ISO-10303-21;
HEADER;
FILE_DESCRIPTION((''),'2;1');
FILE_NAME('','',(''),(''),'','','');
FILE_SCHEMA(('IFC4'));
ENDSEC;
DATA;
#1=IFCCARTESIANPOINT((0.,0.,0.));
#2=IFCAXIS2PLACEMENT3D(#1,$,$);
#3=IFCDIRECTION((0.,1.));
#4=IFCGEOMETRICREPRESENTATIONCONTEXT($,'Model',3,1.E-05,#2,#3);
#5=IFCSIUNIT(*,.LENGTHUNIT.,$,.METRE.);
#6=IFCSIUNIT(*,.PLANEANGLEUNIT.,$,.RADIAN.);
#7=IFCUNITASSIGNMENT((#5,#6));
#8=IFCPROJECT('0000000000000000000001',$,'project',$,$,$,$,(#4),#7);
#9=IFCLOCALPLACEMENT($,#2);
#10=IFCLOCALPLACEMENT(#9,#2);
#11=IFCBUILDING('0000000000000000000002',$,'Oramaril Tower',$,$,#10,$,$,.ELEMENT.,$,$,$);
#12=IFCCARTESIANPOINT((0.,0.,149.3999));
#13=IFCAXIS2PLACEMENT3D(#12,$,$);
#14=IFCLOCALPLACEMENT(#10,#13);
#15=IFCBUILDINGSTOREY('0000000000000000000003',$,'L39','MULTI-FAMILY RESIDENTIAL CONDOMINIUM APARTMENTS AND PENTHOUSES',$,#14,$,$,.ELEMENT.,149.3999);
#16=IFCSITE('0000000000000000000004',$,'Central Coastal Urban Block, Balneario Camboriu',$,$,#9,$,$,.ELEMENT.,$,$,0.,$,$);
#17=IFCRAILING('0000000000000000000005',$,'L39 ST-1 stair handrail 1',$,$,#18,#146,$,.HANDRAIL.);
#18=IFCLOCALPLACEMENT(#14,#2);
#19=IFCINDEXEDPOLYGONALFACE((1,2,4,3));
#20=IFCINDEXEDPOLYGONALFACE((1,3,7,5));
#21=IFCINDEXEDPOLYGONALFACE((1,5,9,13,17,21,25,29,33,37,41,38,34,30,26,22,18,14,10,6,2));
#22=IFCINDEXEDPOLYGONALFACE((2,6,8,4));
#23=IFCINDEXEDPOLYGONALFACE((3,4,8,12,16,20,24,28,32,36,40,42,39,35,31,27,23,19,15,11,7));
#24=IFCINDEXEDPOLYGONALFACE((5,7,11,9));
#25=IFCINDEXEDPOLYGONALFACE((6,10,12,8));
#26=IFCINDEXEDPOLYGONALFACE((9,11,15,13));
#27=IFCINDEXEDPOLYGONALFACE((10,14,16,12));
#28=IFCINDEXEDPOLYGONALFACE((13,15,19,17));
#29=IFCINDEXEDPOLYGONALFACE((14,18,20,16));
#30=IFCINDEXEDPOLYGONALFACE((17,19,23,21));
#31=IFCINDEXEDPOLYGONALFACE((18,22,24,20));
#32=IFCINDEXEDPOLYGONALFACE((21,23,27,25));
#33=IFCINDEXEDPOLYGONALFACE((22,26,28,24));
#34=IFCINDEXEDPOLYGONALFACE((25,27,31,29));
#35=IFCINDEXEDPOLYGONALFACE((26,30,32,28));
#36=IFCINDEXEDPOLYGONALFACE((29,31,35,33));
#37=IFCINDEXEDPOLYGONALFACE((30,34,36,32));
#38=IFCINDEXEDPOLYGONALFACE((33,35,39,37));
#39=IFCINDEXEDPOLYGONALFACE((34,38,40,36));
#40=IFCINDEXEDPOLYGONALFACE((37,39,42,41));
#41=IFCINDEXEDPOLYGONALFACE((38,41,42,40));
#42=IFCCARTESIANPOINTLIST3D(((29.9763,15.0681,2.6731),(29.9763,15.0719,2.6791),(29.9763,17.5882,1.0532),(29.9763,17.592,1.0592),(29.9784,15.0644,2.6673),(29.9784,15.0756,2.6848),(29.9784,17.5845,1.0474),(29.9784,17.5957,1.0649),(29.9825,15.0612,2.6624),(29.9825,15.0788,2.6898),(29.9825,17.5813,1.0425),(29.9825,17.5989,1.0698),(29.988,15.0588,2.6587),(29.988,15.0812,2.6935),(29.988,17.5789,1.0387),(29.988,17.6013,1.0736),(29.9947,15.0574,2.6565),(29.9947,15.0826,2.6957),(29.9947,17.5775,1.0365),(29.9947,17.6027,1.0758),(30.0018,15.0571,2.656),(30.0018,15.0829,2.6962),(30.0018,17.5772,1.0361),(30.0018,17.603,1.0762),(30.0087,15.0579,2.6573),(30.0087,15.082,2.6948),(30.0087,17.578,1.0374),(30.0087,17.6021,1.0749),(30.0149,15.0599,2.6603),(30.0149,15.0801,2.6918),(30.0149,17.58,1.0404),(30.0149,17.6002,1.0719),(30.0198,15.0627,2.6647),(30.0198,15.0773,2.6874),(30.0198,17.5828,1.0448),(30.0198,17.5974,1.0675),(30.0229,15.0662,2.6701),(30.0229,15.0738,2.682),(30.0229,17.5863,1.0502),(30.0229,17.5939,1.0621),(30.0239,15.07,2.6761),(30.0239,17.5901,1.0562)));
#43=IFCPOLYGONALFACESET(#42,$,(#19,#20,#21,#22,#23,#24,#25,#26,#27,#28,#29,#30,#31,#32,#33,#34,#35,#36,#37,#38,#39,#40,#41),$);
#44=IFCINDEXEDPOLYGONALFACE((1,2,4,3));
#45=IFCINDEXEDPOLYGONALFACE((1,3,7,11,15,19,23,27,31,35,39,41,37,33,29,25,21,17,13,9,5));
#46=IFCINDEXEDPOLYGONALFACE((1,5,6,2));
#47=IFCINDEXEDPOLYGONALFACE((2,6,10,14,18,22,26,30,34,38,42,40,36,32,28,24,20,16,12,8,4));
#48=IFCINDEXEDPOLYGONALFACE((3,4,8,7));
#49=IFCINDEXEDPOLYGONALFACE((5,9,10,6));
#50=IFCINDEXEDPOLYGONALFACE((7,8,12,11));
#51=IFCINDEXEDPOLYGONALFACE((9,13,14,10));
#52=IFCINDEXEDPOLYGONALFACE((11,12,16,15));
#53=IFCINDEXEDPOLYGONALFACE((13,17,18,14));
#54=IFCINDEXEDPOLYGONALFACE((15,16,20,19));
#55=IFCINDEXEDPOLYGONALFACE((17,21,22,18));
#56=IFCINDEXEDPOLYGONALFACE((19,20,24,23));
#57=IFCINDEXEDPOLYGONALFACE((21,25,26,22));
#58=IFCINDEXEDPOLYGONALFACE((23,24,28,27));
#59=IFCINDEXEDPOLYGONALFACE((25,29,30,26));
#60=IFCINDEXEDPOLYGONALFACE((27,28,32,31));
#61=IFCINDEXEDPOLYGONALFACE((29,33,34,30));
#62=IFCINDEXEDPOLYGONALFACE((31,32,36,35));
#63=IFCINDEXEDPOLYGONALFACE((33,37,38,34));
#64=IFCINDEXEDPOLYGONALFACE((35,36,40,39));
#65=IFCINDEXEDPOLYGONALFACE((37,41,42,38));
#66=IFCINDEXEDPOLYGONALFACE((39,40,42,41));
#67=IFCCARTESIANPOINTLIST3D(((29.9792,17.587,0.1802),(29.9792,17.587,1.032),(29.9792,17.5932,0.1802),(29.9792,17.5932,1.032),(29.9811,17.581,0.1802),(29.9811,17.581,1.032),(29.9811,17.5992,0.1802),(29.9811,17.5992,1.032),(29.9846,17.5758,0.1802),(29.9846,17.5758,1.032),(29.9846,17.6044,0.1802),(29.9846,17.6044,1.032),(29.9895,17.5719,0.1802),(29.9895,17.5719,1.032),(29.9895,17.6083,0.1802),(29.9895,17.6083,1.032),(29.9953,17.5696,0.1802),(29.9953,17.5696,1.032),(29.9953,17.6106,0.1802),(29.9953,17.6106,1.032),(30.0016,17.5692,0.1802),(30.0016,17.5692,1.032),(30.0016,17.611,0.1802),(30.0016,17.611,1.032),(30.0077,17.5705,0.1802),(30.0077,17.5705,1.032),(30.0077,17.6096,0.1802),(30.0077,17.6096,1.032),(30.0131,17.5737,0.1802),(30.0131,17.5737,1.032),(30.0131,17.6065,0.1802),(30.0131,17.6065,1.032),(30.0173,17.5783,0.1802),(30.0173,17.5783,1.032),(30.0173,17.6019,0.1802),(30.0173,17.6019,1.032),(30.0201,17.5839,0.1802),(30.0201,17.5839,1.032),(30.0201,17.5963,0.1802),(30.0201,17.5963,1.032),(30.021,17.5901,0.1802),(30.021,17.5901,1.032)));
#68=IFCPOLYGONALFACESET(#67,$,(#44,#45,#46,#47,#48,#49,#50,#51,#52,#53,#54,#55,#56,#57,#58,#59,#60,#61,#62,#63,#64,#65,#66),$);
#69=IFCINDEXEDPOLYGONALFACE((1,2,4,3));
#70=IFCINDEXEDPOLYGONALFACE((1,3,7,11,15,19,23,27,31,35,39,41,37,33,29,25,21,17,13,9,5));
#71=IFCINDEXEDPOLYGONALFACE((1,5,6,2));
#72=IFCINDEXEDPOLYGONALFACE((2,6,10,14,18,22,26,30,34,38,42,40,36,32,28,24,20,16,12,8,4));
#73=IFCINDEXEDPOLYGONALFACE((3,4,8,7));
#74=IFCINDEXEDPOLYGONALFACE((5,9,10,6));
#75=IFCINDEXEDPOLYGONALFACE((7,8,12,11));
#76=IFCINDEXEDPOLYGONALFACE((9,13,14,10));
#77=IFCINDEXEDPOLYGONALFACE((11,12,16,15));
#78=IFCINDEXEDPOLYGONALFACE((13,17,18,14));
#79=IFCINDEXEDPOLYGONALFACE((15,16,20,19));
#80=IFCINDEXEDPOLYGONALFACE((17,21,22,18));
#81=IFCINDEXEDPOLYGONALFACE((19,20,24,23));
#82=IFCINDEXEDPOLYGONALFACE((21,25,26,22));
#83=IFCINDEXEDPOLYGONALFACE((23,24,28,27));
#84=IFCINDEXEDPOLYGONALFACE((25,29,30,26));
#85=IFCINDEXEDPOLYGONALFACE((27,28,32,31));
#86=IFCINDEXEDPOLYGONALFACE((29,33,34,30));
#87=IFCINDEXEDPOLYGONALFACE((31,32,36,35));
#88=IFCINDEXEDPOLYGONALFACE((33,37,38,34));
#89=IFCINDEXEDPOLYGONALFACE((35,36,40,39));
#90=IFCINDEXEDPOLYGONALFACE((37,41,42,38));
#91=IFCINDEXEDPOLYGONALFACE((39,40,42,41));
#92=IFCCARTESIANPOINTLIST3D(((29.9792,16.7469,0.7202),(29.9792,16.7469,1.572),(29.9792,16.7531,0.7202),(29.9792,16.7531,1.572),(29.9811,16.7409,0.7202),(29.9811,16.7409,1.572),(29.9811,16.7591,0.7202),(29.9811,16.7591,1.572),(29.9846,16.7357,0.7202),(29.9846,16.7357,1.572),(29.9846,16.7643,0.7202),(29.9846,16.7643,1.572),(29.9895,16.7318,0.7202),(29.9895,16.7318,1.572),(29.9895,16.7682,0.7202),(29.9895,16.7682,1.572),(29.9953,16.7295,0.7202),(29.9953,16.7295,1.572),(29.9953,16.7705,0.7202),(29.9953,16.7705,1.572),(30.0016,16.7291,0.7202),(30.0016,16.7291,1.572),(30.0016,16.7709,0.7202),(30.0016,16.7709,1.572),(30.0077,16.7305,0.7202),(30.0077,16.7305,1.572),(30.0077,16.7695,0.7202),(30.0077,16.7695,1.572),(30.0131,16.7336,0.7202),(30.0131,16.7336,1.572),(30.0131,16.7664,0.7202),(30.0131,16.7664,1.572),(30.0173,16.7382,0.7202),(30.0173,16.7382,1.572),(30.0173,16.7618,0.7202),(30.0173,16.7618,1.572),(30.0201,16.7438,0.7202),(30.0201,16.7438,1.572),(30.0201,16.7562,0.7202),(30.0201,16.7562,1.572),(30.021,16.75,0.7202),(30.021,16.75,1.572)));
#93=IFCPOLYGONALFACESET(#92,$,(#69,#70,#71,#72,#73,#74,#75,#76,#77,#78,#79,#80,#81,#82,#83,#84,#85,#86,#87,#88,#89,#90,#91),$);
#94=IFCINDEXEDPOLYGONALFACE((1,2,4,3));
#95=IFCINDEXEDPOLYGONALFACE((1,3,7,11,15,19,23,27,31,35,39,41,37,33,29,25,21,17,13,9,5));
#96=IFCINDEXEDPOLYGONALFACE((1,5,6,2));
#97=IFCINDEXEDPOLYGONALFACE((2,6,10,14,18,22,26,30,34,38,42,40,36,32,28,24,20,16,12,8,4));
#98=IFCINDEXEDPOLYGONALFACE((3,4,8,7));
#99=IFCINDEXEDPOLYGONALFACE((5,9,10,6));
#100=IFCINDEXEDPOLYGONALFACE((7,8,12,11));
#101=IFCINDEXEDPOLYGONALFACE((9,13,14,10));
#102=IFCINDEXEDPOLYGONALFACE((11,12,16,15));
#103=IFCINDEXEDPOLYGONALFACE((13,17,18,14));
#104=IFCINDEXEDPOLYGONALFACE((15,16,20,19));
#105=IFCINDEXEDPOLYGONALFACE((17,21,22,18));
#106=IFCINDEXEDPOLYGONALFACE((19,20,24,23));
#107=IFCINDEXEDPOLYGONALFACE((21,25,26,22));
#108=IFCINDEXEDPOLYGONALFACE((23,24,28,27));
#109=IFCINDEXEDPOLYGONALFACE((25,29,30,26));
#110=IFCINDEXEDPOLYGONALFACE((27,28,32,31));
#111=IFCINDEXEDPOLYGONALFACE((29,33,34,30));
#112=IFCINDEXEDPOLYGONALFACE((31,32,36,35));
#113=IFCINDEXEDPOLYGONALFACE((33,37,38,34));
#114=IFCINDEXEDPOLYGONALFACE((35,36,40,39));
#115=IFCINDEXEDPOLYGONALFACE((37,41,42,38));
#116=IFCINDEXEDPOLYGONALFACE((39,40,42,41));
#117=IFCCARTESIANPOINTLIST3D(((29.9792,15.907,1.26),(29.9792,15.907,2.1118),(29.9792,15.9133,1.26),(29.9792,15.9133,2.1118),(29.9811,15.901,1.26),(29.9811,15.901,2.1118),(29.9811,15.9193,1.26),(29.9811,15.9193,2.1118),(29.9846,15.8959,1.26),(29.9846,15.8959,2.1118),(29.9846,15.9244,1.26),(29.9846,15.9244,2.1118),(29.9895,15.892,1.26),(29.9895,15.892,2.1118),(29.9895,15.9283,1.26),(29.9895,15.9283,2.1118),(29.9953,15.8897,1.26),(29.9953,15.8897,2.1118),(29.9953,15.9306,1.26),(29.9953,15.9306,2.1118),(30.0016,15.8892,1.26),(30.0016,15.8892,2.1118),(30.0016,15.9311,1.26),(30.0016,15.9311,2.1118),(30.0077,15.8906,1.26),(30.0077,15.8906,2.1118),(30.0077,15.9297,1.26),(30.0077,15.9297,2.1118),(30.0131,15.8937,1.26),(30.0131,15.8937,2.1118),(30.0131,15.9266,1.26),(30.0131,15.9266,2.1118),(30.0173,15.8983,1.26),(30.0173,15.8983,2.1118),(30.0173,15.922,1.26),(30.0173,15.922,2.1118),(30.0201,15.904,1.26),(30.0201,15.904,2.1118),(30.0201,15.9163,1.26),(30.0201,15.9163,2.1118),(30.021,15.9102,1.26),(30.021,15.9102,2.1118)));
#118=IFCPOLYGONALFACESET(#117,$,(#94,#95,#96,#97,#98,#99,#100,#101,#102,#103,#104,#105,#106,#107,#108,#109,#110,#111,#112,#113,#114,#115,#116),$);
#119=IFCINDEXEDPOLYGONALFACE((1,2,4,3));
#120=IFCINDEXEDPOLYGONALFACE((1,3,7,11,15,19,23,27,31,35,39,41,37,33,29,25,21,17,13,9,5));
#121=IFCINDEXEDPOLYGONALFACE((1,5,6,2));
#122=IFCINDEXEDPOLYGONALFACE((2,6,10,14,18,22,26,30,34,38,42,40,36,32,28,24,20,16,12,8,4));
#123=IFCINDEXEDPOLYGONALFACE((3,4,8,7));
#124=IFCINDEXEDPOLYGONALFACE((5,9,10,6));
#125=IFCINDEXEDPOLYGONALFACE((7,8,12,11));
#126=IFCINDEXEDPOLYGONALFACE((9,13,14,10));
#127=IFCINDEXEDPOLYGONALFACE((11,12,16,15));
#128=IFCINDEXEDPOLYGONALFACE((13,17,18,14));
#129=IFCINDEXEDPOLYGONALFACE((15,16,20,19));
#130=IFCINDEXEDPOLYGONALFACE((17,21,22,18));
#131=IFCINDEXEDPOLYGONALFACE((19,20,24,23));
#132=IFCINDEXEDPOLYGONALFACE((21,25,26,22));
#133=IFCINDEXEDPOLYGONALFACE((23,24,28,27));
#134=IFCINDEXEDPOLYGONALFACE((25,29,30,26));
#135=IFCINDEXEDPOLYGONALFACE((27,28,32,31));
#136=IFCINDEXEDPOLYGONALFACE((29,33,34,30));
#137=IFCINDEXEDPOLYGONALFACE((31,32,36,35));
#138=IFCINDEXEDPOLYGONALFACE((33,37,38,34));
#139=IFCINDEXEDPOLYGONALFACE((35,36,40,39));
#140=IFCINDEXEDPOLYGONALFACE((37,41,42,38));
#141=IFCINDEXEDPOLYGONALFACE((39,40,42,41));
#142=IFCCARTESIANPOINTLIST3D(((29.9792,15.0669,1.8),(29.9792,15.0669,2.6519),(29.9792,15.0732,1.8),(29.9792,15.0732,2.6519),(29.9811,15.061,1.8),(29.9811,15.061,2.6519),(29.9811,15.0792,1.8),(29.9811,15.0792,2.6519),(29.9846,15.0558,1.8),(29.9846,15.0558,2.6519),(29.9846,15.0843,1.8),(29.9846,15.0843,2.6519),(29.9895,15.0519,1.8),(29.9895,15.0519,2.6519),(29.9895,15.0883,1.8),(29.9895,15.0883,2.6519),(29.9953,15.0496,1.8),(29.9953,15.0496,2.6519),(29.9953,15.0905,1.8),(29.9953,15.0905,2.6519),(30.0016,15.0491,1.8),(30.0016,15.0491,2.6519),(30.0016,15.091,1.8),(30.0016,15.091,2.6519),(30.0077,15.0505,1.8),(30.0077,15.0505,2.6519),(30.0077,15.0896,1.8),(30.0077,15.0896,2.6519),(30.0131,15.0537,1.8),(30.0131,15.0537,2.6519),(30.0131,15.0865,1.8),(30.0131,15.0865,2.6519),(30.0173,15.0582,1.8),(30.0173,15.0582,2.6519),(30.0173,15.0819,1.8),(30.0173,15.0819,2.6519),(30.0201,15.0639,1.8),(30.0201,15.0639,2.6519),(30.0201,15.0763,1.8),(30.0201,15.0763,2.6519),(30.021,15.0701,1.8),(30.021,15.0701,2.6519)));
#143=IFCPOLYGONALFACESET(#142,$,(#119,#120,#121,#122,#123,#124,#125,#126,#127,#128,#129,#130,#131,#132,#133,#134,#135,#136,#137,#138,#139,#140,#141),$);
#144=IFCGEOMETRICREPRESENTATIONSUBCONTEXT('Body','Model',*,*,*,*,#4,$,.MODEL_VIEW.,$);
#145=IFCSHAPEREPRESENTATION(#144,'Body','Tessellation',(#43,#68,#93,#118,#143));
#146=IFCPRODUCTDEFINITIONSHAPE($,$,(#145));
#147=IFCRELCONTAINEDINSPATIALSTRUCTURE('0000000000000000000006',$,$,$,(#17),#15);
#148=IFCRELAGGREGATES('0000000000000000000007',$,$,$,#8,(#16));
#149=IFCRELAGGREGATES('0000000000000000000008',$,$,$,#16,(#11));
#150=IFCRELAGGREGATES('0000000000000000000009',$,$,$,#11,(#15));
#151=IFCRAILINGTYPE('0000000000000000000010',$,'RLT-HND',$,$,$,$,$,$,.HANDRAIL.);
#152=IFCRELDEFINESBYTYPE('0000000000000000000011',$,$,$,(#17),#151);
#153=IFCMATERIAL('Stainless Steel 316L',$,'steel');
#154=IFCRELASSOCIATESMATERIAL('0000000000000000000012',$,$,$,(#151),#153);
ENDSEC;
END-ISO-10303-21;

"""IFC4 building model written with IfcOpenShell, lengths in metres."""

from ifc_helpers import new_model, si_unit, direction, frame, origin, origin_2d, place, context, subcontext, project, spatial, circle, extrude, material, type_object, element, save


model = new_model("IFC4")

# Units and contexts
model_context = context("Model", 3, precision=1e-05, world=origin(), true_north=direction((0.0, 1.0)))
body_context = subcontext(model_context, "Body", "Model", "MODEL_VIEW")
ifc_project = project(units=[si_unit("LENGTHUNIT", "METRE"), si_unit("PLANEANGLEUNIT", "RADIAN")], contexts=[model_context])

# Site, building, storey
site_placement = place(None, origin())
site = spatial("IfcSite", under=ifc_project, at=site_placement, Name="Central Coastal Urban Block, Balneario Camboriu", CompositionType="ELEMENT", RefElevation=0.0)
building_placement = place(site_placement, origin())
building = spatial("IfcBuilding", under=site, at=building_placement, Name="Oramaril Tower", CompositionType="ELEMENT")
storey_placement = place(building_placement, frame((0.0, 0.0, 149.3999)))
storey = spatial("IfcBuildingStorey", under=building, at=storey_placement, Name="L39", Description="MULTI-FAMILY RESIDENTIAL CONDOMINIUM APARTMENTS AND PENTHOUSES", CompositionType="ELEMENT", Elevation=149.3999)

# Railing
ifc_material_1 = material(Name="Stainless Steel 316L", Category="steel")
railing_type_1 = type_object("IfcRailingType", Name="RLT-HND", PredefinedType="HANDRAIL", material=ifc_material_1)
railing_1_placement = place(storey_placement, frame((30.0, 17.5901, 0.1802)))
element("IfcRailing", 1, at=railing_1_placement, inside=storey, type_object=railing_type_1, Name="L39 ST-1 stair handrail 1", PredefinedType="HANDRAIL", context=body_context, shape_type="SweptSolid", body=[
    extrude(circle(Radius=0.0239, at=origin_2d()), frame((0.0, 0.0, 0.876), z_axis=(0.0, -0.8412, 0.540725), x_axis=(1.0, 0.0, 0.0)), (0.0, 0.0, 1.0), 2.9958),
    extrude(circle(Radius=0.021, at=origin_2d()), origin(), (0.0, 0.0, 1.0), 0.8518),
    extrude(circle(Radius=0.021, at=origin_2d()), frame((0.0, -0.8401, 0.54)), (0.0, 0.0, 1.0), 0.8518),
    extrude(circle(Radius=0.021, at=origin_2d()), frame((0.0, -1.6799, 1.0798)), (0.0, 0.0, 1.0), 0.8518),
    extrude(circle(Radius=0.021, at=origin_2d()), frame((0.0, -2.52, 1.6199)), (0.0, 0.0, 1.0), 0.8518),
])

save(model, "model.ifc")
